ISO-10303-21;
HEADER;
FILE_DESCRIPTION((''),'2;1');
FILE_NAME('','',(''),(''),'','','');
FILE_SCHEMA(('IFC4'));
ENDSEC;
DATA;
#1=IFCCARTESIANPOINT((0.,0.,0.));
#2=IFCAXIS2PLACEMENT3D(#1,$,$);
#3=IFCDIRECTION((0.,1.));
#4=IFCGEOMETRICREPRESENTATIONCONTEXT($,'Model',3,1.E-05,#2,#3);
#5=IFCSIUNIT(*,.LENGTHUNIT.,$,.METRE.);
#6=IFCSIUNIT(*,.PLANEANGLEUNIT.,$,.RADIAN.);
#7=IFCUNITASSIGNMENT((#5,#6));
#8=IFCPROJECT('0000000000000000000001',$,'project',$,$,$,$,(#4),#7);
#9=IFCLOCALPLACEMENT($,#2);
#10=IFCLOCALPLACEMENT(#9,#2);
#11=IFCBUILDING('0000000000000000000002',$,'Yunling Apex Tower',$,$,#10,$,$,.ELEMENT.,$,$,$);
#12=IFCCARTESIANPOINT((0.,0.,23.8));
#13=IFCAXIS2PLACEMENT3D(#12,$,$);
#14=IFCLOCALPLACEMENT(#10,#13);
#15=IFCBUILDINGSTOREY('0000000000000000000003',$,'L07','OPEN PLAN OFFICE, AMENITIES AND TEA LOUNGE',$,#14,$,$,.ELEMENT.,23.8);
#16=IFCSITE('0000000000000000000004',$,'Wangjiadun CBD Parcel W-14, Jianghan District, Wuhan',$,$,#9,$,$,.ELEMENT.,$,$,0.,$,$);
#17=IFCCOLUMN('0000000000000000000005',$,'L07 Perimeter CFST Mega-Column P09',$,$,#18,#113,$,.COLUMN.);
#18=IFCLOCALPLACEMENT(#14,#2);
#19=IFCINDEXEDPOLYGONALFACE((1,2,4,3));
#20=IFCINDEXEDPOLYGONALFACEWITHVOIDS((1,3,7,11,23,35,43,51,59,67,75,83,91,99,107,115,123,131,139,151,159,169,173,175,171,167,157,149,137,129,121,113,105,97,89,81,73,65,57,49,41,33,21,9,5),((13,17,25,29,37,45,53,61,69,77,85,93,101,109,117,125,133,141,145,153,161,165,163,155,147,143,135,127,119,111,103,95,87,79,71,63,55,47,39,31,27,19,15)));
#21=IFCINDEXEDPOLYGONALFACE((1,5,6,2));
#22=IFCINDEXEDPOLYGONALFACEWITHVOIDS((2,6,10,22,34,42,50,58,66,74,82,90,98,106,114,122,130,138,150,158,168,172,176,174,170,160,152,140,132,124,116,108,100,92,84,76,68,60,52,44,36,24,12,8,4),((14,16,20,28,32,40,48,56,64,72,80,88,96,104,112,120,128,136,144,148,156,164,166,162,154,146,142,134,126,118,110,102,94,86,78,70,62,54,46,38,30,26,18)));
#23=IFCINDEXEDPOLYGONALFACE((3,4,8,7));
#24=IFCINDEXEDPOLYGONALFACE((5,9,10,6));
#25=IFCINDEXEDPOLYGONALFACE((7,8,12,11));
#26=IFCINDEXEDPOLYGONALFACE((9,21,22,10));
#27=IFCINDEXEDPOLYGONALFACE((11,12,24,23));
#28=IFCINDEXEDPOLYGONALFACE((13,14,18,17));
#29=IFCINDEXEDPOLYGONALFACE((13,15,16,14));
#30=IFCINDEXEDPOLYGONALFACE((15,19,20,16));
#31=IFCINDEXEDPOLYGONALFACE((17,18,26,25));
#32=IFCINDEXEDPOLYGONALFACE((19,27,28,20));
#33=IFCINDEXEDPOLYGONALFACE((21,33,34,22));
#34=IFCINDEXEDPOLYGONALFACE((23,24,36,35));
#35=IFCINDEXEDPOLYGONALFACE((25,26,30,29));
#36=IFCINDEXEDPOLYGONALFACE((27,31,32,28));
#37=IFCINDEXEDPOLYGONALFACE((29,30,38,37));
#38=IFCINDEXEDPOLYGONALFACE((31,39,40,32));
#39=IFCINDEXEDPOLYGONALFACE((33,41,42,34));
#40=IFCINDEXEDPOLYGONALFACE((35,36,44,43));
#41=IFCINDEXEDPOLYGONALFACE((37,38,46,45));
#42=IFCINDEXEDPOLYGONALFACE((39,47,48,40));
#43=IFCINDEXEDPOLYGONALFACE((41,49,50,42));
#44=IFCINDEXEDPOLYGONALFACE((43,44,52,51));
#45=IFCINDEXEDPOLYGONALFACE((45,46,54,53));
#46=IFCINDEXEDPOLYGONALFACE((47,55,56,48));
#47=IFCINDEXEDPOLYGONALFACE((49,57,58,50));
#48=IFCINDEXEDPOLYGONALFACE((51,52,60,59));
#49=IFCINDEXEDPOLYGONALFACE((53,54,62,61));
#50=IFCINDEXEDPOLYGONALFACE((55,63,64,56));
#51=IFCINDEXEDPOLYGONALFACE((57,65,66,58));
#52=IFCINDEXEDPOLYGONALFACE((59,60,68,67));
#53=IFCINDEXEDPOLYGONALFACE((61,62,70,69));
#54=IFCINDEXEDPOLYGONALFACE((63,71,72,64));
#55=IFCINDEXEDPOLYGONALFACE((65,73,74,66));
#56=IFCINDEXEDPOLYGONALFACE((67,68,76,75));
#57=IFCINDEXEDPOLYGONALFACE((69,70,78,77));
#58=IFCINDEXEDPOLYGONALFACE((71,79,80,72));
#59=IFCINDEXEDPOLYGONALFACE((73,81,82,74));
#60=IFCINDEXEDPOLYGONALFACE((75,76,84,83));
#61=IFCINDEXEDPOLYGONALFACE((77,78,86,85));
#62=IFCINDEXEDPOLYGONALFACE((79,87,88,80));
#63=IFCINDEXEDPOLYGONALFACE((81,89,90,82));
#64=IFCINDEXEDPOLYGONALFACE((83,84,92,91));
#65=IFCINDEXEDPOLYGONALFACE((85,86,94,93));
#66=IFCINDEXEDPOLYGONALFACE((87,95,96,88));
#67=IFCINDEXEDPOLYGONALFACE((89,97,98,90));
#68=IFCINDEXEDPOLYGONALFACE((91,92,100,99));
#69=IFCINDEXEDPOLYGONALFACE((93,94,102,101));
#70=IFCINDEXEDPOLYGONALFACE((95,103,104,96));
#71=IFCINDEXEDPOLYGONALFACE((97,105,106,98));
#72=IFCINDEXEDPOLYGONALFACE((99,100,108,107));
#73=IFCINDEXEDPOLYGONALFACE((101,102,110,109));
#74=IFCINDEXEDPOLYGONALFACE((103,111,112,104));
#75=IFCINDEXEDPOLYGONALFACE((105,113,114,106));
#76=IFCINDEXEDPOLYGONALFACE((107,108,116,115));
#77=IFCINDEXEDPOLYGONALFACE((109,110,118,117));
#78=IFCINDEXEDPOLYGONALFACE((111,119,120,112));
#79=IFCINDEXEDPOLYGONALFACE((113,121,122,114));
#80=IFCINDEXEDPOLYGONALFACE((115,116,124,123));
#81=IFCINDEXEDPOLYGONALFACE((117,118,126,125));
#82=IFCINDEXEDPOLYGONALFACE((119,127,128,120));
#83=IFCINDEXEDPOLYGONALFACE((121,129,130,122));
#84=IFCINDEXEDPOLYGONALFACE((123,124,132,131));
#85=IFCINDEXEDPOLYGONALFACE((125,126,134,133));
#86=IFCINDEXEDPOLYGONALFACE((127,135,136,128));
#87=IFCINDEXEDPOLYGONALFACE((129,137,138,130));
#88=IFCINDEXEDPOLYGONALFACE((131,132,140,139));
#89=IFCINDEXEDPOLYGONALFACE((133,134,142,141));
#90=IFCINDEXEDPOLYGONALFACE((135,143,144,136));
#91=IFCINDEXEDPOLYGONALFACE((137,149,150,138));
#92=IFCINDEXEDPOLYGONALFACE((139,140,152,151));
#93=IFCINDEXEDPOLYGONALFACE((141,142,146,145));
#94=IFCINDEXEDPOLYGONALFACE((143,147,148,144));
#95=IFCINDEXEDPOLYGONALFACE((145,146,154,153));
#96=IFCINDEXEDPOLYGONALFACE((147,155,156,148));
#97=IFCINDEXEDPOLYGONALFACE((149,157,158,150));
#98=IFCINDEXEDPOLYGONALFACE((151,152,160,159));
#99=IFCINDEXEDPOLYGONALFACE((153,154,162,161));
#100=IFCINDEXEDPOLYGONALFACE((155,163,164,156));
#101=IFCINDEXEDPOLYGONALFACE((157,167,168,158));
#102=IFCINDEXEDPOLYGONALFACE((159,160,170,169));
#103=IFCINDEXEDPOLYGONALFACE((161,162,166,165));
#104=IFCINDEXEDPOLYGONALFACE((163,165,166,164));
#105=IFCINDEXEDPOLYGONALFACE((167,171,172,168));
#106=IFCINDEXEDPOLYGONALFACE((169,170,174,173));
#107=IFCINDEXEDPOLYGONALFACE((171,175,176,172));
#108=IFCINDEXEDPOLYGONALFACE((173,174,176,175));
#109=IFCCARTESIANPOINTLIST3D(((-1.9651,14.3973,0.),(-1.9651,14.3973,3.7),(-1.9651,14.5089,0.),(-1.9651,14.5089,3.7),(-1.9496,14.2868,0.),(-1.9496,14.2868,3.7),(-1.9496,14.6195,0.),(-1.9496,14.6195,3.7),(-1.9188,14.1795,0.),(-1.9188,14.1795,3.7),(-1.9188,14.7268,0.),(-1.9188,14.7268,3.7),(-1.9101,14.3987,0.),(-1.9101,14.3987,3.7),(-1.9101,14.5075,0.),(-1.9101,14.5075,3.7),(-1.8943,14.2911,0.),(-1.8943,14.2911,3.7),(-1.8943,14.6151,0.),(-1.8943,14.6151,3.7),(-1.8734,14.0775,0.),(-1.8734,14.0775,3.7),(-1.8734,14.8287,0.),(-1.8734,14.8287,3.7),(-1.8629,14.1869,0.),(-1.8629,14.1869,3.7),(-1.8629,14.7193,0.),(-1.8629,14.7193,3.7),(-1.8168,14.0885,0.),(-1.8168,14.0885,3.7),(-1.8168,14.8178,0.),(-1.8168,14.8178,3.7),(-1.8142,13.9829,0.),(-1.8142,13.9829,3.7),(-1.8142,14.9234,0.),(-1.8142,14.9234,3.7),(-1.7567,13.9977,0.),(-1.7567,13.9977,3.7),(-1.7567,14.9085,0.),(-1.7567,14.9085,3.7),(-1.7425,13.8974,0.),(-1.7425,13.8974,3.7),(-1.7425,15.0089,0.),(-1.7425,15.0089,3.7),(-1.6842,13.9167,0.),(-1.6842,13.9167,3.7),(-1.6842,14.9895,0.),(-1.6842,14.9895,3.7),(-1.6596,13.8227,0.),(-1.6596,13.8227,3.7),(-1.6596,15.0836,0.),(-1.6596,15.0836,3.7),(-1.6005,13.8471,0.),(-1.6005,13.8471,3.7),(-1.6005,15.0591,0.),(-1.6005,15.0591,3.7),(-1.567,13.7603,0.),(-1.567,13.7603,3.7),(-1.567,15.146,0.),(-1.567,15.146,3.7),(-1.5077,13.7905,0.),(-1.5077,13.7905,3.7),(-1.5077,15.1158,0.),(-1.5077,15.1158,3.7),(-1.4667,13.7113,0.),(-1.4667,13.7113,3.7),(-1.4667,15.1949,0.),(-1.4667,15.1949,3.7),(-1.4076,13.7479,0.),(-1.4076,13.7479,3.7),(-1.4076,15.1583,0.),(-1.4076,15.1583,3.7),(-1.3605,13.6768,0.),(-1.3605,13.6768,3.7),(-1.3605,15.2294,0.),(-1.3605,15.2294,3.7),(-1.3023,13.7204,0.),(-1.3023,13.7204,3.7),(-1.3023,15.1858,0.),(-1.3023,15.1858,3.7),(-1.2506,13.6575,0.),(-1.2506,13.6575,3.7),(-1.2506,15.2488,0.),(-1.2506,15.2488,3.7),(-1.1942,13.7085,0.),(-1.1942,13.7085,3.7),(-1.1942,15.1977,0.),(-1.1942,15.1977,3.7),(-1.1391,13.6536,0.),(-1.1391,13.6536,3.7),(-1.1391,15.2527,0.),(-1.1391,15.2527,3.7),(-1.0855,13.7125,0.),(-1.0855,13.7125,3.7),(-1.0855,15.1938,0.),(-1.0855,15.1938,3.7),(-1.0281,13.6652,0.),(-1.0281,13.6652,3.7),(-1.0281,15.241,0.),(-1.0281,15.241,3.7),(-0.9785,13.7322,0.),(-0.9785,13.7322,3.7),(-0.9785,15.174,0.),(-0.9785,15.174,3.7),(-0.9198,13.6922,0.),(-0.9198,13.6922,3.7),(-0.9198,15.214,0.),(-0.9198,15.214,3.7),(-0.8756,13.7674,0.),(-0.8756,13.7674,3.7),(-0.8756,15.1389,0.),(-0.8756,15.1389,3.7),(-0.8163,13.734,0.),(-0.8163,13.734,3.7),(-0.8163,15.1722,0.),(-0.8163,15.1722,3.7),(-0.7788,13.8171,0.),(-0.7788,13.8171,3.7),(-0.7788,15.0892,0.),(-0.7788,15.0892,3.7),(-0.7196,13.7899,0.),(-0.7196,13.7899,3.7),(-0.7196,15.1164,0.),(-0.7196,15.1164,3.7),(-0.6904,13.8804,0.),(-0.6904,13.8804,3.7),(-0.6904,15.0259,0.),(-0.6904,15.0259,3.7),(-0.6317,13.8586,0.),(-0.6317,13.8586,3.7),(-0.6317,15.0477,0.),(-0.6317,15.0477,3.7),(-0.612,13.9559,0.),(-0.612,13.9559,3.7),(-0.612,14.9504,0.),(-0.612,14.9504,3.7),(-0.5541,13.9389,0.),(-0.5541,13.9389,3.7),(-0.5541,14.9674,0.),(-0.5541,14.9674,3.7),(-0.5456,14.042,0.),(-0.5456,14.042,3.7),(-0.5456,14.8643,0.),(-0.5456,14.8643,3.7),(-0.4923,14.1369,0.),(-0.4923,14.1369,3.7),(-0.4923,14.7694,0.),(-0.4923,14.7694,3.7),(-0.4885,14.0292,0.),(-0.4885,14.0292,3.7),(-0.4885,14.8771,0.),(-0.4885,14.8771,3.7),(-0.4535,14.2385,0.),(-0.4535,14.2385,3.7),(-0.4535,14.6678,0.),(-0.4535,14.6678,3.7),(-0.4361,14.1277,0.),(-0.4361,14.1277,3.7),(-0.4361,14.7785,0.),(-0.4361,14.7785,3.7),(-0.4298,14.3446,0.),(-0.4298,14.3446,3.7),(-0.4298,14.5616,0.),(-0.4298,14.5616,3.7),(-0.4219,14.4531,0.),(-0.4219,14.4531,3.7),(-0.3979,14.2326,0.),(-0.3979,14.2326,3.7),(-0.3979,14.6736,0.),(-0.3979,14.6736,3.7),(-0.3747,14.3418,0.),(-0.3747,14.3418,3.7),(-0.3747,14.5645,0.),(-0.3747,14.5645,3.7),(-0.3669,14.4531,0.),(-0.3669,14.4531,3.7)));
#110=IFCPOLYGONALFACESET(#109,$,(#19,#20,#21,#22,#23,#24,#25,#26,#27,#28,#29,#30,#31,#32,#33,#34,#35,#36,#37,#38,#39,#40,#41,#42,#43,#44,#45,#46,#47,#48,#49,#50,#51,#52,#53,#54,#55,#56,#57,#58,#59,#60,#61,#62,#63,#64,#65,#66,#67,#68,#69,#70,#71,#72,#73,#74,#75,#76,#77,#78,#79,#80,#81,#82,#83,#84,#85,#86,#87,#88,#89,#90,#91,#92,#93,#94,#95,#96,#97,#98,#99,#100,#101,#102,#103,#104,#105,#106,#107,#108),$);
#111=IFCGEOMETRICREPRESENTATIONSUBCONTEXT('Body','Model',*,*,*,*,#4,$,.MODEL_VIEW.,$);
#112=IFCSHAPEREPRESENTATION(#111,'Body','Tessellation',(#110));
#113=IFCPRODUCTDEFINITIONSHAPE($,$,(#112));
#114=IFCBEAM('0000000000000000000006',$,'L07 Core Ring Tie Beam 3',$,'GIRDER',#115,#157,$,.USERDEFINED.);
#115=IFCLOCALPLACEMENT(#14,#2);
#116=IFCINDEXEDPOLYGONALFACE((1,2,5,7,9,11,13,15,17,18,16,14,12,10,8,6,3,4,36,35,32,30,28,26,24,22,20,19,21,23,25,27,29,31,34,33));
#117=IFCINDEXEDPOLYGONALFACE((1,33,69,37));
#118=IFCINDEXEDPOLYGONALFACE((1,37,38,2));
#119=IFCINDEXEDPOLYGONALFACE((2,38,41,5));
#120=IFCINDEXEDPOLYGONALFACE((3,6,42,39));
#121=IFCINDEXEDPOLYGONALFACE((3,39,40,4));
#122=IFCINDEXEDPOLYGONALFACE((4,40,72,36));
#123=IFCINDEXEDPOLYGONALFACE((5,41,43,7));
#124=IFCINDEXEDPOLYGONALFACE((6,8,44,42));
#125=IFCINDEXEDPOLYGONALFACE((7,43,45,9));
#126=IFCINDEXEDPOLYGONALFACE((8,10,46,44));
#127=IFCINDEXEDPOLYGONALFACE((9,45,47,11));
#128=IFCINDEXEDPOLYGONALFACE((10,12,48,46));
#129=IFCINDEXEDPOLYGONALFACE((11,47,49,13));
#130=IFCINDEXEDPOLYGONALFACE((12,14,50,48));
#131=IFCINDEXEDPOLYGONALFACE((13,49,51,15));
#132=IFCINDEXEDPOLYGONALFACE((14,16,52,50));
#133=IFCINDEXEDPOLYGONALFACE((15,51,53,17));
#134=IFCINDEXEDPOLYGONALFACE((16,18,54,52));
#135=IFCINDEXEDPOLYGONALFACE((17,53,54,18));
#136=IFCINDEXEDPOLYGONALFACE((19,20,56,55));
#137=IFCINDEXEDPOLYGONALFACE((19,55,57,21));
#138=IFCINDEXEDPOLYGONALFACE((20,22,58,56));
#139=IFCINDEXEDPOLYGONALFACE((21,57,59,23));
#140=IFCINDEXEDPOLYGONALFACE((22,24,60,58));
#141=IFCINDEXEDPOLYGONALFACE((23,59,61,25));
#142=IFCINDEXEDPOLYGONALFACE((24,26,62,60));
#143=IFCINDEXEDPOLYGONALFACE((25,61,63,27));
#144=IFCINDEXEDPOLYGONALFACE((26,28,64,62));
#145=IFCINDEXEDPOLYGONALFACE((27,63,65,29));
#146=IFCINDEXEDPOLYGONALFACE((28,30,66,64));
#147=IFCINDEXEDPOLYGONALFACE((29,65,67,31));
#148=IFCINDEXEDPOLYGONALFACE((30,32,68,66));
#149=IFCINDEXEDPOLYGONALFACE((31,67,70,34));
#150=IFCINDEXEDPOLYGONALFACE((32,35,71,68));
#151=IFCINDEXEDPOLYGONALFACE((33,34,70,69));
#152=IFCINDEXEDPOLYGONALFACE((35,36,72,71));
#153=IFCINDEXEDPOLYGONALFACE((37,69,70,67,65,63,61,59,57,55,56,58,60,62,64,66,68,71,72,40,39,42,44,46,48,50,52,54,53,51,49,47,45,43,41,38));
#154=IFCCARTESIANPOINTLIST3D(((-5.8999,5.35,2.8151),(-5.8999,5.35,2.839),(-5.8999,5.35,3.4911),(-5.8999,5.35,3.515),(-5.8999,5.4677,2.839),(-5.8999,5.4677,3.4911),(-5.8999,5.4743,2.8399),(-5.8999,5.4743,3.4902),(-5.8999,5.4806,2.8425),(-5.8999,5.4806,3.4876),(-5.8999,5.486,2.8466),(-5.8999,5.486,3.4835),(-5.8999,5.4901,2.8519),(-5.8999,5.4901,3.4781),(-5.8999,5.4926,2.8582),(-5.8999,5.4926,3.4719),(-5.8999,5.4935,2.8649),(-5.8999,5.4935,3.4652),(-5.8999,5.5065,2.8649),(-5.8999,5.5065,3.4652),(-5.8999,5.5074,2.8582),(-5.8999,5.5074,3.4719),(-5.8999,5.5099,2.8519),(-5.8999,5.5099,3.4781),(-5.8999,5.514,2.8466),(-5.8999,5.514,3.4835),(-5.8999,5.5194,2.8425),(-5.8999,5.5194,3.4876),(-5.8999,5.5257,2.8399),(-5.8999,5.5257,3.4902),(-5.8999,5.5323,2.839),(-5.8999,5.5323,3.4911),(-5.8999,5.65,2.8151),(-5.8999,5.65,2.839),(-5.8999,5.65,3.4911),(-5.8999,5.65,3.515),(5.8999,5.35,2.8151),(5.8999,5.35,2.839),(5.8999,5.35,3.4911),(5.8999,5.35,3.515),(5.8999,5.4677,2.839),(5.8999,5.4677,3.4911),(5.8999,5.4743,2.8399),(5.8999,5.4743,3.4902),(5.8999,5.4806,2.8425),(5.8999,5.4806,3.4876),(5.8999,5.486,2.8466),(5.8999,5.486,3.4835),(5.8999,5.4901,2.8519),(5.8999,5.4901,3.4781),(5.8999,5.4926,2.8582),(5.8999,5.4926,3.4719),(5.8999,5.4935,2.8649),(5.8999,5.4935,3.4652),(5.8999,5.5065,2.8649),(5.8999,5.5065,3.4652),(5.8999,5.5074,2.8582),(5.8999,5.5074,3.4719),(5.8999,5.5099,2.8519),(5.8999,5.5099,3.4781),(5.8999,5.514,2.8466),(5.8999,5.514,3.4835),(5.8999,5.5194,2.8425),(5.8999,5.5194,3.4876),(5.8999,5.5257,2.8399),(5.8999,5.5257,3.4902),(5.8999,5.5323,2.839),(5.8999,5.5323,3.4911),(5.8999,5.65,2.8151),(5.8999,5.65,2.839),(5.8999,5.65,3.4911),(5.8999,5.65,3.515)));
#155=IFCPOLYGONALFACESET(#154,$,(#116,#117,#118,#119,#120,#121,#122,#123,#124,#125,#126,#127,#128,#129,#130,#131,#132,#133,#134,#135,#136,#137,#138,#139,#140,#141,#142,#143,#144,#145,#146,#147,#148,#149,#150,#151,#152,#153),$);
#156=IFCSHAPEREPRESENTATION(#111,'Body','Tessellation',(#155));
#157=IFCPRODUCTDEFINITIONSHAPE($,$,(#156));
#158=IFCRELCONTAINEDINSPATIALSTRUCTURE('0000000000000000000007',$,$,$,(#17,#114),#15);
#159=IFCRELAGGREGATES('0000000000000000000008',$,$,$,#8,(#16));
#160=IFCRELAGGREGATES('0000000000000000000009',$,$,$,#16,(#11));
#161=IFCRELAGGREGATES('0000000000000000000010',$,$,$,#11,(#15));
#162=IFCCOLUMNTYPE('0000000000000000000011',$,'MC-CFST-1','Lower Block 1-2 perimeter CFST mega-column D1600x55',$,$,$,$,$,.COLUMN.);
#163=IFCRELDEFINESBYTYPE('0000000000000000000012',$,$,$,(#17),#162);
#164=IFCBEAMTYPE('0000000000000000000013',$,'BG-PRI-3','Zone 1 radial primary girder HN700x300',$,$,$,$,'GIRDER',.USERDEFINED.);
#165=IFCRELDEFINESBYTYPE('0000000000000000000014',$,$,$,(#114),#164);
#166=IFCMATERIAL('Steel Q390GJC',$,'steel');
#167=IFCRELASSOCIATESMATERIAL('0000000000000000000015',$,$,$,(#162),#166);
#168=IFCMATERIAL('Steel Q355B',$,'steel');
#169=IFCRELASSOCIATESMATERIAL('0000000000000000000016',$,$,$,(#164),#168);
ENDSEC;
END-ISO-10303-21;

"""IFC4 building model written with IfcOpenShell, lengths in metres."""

from ifc_helpers import new_model, si_unit, direction, frame, origin, origin_2d, place, context, subcontext, project, spatial, hollow_circle, i_section, extrude, source, transform, mapped, material, material_profile, profile_set, type_object, element, save


model = new_model("IFC4")

# Units and contexts
model_context = context("Model", 3, precision=1e-05, world=origin(), true_north=direction((0.0, 1.0)))
body_context = subcontext(model_context, "Body", "Model", "MODEL_VIEW")
ifc_project = project(units=[si_unit("LENGTHUNIT", "METRE"), si_unit("PLANEANGLEUNIT", "RADIAN")], contexts=[model_context])

# Site, building, storey
site_placement = place(None, origin())
site = spatial("IfcSite", under=ifc_project, at=site_placement, Name="Wangjiadun CBD Parcel W-14, Jianghan District, Wuhan", CompositionType="ELEMENT", RefElevation=0.0)
building_placement = place(site_placement, origin())
building = spatial("IfcBuilding", under=site, at=building_placement, Name="Yunling Apex Tower", CompositionType="ELEMENT")
storey_placement = place(building_placement, frame((0.0, 0.0, 23.8)))
storey = spatial("IfcBuildingStorey", under=building, at=storey_placement, Name="L07", Description="OPEN PLAN OFFICE, AMENITIES AND TEA LOUNGE", CompositionType="ELEMENT", Elevation=23.8)

# Column
ifc_material_1 = material(Name="Steel Q390GJC", Category="steel")
ifc_material_profile_1 = material_profile(ifc_material_1, hollow_circle(Radius=0.8, WallThickness=0.0549, at=origin_2d()))
ifc_profile_set_1 = profile_set([ifc_material_profile_1], Name="Steel Q390GJC")
column_type = type_object("IfcColumnType", Name="MC-CFST-1", Description="Lower Block 1-2 perimeter CFST mega-column D1600x55", PredefinedType="COLUMN", material=ifc_profile_set_1)
shared_shape_1 = source(origin(), body_context, "Body", "SweptSolid", [
    extrude(hollow_circle(Radius=0.8, WallThickness=0.0549, at=origin_2d()), origin(), (0.0, 0.0, 1.0), 3.7),
])
column_placement = place(storey_placement, frame((-1.167, 14.4531, 0.0), z_axis=(0.0, 0.0, 1.0), x_axis=(1.0, 0.0, 0.0)))
element("IfcColumn", 1, at=column_placement, inside=storey, type_object=column_type, Name="L07 Perimeter CFST Mega-Column P09", PredefinedType="COLUMN", context=body_context, shape_type="MappedRepresentation", body=[
    mapped(shared_shape_1, transform((0.0, 0.0, 0.0), scale=1.0)),
])

# Beam
ifc_material_2 = material(Name="Steel Q355B", Category="steel")
ifc_material_profile_2 = material_profile(ifc_material_2, i_section(OverallWidth=0.3, OverallDepth=0.7, WebThickness=0.0129, FlangeThickness=0.0239, FilletRadius=0.0259, at=origin_2d()))
ifc_profile_set_2 = profile_set([ifc_material_profile_2], Name="Steel Q355B")
beam_type_1 = type_object("IfcBeamType", Name="BG-PRI-3", Description="Zone 1 radial primary girder HN700x300", ElementType="GIRDER", PredefinedType="USERDEFINED", material=ifc_profile_set_2)
shared_shape_2 = source(origin(), body_context, "Body", "SweptSolid", [
    extrude(i_section(OverallWidth=0.3, OverallDepth=0.7, WebThickness=0.0129, FlangeThickness=0.0239, FilletRadius=0.0259, at=origin_2d()), origin(), (0.0, 0.0, 1.0), 11.7998),
])
beam_1_placement = place(storey_placement, frame((5.8999, 5.5, 3.165), z_axis=(-1.0, 0.0, 0.0), x_axis=(0.0, -1.0, 0.0)))
element("IfcBeam", 2, at=beam_1_placement, inside=storey, type_object=beam_type_1, Name="L07 Core Ring Tie Beam 3", ObjectType="GIRDER", PredefinedType="USERDEFINED", context=body_context, shape_type="MappedRepresentation", body=[
    mapped(shared_shape_2, transform((0.0, 0.0, 0.0), scale=1.0)),
])

save(model, "model.ifc")
